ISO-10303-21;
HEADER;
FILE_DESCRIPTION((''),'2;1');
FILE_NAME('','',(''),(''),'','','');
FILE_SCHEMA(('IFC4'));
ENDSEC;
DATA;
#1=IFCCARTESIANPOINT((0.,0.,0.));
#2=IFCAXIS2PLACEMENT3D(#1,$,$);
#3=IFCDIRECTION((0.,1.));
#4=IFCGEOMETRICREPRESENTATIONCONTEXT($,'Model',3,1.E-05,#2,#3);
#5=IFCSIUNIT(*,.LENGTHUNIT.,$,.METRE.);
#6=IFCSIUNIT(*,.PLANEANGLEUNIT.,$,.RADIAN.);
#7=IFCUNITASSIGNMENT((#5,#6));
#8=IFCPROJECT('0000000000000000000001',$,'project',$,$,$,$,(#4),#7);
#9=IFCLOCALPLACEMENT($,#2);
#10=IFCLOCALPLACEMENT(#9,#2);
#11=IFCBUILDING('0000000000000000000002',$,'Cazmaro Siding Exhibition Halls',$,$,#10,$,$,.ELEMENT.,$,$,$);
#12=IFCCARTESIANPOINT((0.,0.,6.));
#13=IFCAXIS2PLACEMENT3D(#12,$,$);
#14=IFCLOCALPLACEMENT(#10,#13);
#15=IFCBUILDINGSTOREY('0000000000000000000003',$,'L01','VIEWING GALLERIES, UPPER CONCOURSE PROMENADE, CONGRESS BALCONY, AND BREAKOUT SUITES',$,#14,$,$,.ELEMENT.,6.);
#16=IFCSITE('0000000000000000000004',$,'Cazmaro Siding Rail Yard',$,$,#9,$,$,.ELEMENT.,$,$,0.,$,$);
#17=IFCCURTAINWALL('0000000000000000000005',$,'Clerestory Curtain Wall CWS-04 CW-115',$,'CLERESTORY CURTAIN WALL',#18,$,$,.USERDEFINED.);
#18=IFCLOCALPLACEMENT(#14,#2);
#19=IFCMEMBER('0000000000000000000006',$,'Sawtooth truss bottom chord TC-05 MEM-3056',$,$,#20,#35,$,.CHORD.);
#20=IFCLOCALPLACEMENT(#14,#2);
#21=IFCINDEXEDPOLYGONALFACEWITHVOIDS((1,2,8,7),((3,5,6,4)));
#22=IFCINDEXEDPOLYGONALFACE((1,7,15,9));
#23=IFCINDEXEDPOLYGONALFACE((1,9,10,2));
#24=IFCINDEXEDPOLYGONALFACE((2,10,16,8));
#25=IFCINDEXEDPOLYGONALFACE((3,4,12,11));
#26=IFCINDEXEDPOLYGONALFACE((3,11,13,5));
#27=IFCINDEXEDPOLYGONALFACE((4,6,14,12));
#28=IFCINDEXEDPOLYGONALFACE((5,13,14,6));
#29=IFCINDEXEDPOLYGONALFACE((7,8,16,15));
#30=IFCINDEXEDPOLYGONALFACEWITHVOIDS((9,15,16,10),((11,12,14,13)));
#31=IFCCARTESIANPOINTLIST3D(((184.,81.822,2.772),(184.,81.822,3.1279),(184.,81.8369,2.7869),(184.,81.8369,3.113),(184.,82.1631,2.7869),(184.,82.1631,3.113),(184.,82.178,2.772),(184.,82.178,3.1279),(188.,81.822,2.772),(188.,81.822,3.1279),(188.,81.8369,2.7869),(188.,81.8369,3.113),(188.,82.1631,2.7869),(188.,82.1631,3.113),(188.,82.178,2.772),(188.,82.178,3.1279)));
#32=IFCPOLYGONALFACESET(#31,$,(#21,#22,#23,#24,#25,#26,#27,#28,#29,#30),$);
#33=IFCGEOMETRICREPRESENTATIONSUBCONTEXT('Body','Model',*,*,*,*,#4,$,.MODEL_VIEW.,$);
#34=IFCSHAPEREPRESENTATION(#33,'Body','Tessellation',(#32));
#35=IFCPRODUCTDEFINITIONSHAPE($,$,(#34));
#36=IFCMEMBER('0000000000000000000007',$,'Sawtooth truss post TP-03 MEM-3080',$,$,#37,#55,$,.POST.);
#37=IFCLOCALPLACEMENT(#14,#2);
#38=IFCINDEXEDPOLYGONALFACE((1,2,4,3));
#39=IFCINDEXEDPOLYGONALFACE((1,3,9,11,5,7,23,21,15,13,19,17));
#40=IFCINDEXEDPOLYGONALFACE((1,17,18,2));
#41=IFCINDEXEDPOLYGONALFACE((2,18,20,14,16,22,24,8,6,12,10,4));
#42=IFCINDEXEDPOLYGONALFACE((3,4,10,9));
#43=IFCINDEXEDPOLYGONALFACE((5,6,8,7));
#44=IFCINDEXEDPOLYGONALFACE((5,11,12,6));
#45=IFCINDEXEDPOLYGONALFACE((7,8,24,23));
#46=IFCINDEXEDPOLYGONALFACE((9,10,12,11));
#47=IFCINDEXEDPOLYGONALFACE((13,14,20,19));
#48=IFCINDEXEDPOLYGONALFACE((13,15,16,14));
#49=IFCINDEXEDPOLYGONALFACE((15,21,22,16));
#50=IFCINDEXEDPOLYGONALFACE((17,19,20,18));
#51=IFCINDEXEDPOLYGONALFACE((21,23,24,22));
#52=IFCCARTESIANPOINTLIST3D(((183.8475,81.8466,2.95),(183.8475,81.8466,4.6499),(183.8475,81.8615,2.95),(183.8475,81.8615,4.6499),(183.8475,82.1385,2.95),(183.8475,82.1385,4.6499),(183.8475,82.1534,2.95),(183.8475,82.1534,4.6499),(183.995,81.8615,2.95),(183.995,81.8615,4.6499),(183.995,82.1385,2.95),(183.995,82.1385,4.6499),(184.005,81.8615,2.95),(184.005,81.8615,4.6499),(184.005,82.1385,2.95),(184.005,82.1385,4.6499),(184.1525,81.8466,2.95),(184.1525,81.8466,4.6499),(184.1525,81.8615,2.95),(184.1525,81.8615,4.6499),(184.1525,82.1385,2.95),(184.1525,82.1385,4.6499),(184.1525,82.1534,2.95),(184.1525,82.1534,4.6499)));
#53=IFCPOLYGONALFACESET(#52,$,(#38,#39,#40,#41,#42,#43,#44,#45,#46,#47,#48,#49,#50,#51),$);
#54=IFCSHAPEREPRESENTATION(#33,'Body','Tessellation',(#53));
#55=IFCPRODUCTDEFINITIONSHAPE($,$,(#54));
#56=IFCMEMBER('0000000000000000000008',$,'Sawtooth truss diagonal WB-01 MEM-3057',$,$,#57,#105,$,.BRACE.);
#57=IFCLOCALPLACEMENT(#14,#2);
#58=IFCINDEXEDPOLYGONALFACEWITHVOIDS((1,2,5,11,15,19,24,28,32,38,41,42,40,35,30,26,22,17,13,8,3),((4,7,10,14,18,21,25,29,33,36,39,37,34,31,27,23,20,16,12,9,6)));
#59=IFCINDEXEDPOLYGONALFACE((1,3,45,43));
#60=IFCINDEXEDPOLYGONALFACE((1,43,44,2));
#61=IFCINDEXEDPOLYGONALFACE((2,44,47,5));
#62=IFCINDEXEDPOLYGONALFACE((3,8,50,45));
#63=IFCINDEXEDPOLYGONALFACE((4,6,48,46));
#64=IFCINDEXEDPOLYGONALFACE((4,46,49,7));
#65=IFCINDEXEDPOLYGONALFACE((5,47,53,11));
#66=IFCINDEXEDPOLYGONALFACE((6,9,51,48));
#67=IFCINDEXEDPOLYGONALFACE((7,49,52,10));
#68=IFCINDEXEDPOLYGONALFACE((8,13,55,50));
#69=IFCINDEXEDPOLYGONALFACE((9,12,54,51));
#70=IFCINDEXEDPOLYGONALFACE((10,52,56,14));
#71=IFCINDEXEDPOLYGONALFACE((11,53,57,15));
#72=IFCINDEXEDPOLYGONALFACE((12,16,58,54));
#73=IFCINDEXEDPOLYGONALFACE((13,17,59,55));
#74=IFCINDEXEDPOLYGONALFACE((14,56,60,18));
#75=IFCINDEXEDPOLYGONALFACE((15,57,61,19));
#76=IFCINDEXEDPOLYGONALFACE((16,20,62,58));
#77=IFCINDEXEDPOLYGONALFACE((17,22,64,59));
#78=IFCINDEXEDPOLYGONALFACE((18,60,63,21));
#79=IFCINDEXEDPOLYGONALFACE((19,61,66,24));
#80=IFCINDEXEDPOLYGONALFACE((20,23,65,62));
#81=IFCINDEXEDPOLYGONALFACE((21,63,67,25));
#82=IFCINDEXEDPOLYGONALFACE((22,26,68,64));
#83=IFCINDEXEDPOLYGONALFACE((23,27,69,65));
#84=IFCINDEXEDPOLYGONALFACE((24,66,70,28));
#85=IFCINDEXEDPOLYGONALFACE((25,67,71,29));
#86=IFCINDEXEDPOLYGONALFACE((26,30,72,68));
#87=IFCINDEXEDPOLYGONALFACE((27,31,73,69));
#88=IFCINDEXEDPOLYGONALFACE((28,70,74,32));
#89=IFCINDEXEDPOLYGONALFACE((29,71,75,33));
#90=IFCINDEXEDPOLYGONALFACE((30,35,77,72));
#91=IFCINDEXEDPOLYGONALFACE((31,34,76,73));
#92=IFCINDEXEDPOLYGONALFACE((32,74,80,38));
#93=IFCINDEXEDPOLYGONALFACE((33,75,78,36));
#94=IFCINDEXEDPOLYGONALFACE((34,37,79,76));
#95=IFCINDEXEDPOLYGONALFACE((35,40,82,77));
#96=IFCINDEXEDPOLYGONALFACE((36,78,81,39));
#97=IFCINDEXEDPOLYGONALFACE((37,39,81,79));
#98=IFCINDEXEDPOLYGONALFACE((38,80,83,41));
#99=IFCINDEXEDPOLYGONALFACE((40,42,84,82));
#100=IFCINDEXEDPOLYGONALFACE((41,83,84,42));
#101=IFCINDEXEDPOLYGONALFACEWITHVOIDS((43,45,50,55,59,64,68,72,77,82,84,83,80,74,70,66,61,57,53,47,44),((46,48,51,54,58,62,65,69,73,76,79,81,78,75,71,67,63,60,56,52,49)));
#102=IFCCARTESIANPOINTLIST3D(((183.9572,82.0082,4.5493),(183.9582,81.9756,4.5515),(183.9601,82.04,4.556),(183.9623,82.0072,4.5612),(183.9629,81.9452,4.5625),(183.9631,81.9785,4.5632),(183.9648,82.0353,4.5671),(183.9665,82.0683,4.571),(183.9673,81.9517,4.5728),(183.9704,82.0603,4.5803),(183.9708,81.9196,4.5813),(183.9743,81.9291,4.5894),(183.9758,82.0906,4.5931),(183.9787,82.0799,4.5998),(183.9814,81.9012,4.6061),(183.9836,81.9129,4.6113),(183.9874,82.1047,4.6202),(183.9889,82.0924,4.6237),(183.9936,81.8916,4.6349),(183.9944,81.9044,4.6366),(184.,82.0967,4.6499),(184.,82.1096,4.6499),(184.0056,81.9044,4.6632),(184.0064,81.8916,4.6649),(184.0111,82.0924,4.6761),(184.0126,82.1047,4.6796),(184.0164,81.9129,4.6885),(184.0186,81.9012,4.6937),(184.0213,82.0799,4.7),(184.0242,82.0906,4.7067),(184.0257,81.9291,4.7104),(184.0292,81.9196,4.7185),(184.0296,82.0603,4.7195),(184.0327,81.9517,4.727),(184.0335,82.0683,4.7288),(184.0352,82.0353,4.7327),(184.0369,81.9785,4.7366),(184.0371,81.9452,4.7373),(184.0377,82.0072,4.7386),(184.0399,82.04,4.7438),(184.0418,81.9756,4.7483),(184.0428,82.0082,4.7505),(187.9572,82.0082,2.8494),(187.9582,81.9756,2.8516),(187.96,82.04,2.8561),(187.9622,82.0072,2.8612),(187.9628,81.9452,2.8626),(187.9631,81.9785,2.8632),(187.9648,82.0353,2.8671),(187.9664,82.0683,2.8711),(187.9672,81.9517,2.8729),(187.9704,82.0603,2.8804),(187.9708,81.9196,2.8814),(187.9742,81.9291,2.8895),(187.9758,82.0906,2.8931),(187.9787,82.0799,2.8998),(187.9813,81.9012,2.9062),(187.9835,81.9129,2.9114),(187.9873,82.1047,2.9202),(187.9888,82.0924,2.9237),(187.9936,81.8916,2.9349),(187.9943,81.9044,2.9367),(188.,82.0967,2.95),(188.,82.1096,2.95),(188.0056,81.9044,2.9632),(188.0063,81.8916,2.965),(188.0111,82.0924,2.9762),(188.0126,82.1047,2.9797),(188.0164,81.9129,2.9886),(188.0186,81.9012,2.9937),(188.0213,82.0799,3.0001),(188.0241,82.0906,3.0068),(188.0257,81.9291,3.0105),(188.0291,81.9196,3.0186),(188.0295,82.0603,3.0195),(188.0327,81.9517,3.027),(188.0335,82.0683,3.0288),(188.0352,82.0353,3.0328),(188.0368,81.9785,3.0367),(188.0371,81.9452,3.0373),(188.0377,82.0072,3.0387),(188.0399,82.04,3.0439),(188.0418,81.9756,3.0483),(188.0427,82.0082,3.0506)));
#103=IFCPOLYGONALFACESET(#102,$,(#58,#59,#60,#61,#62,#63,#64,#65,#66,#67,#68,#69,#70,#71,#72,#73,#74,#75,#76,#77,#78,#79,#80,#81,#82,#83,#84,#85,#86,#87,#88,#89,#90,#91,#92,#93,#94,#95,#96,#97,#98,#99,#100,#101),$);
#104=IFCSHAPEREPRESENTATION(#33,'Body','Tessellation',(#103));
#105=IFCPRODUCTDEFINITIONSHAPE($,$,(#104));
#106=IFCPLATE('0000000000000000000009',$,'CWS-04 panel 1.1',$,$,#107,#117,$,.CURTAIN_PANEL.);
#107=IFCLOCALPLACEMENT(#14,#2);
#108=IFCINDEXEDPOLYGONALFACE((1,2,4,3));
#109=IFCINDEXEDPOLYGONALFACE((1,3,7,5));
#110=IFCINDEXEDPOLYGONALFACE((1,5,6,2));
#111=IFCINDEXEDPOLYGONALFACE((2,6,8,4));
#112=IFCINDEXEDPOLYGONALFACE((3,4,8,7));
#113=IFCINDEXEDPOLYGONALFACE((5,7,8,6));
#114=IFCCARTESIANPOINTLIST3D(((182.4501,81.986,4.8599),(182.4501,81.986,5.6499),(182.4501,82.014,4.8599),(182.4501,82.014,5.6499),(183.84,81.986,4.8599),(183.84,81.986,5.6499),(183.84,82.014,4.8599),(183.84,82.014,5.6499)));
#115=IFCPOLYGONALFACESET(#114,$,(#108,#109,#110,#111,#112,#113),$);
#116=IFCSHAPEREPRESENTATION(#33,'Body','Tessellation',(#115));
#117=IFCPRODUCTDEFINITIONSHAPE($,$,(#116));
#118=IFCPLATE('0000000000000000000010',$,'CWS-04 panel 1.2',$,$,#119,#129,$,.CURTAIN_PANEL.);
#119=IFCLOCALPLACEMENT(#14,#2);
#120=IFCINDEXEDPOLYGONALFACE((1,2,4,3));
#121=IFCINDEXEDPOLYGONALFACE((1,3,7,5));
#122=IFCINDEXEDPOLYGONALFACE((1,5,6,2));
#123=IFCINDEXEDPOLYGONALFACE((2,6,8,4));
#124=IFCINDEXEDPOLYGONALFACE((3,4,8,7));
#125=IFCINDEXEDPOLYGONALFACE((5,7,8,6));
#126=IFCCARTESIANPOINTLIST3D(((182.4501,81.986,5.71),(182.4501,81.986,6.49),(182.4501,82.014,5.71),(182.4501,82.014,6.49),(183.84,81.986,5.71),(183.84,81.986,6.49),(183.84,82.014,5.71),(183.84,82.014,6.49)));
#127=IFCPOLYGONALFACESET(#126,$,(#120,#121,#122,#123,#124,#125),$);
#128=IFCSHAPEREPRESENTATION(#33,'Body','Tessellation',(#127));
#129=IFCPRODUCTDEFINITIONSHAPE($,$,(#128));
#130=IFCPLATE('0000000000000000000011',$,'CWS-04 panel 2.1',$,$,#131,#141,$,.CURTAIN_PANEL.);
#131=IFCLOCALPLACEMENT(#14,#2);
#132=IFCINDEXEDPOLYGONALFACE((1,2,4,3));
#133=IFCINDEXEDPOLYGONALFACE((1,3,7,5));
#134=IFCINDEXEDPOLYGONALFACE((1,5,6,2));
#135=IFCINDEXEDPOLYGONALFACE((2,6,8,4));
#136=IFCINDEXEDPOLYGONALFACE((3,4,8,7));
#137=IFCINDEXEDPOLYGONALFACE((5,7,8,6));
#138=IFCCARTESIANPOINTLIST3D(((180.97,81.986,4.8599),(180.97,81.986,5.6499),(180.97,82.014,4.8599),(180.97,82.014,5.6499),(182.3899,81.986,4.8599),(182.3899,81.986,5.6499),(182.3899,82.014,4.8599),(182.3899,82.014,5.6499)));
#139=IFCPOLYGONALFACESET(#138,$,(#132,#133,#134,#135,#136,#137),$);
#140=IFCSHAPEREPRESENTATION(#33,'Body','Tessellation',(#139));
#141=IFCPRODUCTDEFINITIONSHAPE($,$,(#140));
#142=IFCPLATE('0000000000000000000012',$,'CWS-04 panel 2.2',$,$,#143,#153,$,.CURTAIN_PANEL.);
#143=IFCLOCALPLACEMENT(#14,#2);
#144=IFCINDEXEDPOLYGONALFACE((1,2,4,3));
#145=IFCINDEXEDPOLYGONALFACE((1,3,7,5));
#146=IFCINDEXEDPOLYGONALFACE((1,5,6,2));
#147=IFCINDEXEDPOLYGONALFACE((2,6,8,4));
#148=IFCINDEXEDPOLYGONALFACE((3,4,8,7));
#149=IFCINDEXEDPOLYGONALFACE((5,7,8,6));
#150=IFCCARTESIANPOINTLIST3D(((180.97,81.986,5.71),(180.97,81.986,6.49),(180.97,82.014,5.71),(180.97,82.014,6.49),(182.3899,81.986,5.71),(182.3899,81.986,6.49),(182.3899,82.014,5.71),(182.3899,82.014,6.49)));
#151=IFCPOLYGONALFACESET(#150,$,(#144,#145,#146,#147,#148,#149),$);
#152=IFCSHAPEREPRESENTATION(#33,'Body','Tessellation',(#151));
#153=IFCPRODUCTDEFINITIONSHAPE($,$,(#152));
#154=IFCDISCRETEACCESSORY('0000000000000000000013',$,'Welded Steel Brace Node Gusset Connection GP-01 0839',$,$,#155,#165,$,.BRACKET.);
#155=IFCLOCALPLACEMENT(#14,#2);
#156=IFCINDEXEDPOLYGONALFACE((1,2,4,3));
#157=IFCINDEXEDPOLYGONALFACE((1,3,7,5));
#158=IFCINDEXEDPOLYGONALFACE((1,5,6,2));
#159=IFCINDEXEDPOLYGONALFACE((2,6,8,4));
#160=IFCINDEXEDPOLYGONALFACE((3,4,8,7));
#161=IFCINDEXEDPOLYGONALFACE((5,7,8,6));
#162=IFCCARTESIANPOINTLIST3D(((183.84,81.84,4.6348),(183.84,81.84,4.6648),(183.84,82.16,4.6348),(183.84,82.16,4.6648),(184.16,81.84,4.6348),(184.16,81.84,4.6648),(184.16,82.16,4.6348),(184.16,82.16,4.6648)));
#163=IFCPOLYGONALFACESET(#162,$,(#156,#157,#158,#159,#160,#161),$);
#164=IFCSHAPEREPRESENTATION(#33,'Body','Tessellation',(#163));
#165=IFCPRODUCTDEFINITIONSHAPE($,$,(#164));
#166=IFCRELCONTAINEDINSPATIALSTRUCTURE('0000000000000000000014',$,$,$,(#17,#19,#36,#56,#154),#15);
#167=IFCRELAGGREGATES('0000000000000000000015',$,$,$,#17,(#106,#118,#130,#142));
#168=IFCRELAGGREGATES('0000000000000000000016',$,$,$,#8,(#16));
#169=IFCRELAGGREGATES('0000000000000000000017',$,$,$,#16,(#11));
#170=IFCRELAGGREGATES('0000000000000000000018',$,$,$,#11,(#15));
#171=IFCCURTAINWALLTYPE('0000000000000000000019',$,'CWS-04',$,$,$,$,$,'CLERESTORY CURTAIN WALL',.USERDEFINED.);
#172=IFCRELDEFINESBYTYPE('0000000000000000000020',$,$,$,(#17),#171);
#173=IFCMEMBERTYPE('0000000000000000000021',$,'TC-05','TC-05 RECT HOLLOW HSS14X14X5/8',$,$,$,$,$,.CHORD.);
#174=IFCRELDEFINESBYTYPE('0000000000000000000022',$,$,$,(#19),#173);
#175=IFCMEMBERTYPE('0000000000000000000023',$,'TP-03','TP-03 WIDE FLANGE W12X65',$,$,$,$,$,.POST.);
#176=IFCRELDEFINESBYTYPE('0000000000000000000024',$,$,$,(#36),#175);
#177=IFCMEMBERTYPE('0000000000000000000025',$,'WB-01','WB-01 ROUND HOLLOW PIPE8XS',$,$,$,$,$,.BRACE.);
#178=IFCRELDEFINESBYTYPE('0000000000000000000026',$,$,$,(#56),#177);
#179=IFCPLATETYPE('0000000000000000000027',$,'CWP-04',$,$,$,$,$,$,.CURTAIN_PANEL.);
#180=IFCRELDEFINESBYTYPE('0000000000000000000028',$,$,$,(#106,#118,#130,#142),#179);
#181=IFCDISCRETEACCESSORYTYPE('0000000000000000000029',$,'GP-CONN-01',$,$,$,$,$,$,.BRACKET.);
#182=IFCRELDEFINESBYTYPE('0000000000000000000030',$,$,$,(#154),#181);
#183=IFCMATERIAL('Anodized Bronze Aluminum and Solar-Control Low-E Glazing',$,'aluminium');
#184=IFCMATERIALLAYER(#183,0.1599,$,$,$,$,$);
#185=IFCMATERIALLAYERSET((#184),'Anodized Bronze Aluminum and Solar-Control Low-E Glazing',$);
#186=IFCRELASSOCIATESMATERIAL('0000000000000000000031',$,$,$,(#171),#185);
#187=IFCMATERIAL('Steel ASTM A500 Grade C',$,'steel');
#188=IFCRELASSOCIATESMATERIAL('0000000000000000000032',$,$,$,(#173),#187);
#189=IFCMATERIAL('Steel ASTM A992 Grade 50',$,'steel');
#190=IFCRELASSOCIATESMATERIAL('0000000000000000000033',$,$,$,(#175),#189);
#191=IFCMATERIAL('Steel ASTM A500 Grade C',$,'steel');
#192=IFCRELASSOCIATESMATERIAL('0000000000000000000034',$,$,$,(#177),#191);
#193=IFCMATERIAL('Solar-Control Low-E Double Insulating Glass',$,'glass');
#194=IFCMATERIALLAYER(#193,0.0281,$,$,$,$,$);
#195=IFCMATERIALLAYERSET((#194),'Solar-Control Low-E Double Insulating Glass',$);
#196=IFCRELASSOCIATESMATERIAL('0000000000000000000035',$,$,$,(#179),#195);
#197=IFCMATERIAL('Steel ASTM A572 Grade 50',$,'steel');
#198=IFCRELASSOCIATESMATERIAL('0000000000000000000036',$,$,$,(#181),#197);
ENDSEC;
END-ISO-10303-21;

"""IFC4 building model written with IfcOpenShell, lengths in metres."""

from ifc_helpers import new_model, si_unit, direction, frame, origin, origin_2d, place, context, subcontext, project, spatial, rectangle, hollow_rectangle, hollow_circle, i_section, extrude, material, layer, layer_set, material_profile, profile_set, type_object, element, aggregate, save


model = new_model("IFC4")

# Units and contexts
model_context = context("Model", 3, precision=1e-05, world=origin(), true_north=direction((0.0, 1.0)))
body_context = subcontext(model_context, "Body", "Model", "MODEL_VIEW")
ifc_project = project(units=[si_unit("LENGTHUNIT", "METRE"), si_unit("PLANEANGLEUNIT", "RADIAN")], contexts=[model_context])

# Site, building, storey
site_placement = place(None, origin())
site = spatial("IfcSite", under=ifc_project, at=site_placement, Name="Cazmaro Siding Rail Yard", CompositionType="ELEMENT", RefElevation=0.0)
building_placement = place(site_placement, origin())
building = spatial("IfcBuilding", under=site, at=building_placement, Name="Cazmaro Siding Exhibition Halls", CompositionType="ELEMENT")
storey_placement = place(building_placement, frame((0.0, 0.0, 6.0)))
storey = spatial("IfcBuildingStorey", under=building, at=storey_placement, Name="L01", Description="VIEWING GALLERIES, UPPER CONCOURSE PROMENADE, CONGRESS BALCONY, AND BREAKOUT SUITES", CompositionType="ELEMENT", Elevation=6.0)

# Curtain wall
ifc_material_1 = material(Name="Anodized Bronze Aluminum and Solar-Control Low-E Glazing", Category="aluminium")
ifc_layer_1 = layer(ifc_material_1, 0.1599)
ifc_layer_set_1 = layer_set([ifc_layer_1], Name="Anodized Bronze Aluminum and Solar-Control Low-E Glazing")
curtain_wall_type = type_object("IfcCurtainWallType", Name="CWS-04", ElementType="CLERESTORY CURTAIN WALL", PredefinedType="USERDEFINED", material=ifc_layer_set_1)
curtain_wall_placement = place(storey_placement, origin())
curtain_wall = element("IfcCurtainWall", 1, at=curtain_wall_placement, inside=storey, type_object=curtain_wall_type, Name="Clerestory Curtain Wall CWS-04 CW-115", ObjectType="CLERESTORY CURTAIN WALL", PredefinedType="USERDEFINED")

# Members
ifc_material_2 = material(Name="Steel ASTM A500 Grade C", Category="steel")
ifc_material_profile_1 = material_profile(ifc_material_2, hollow_rectangle(XDim=0.356, YDim=0.356, WallThickness=0.0149, at=origin_2d()), Name="HSS14X14X5/8")
ifc_profile_set_1 = profile_set([ifc_material_profile_1], Name="Steel ASTM A500 Grade C")
member_type_1 = type_object("IfcMemberType", Name="TC-05", Description="TC-05 RECT HOLLOW HSS14X14X5/8", PredefinedType="CHORD", material=ifc_profile_set_1)
member_1_placement = place(storey_placement, frame((184.0, 82.0, 2.95), z_axis=(1.0, 0.0, 0.0), x_axis=(0.0, 1.0, 0.0)))
element("IfcMember", 2, at=member_1_placement, inside=storey, type_object=member_type_1, Name="Sawtooth truss bottom chord TC-05 MEM-3056", PredefinedType="CHORD", context=body_context, shape_type="SweptSolid", body=[
    extrude(hollow_rectangle(XDim=0.356, YDim=0.356, WallThickness=0.0149, at=origin_2d()), origin(), (0.0, 0.0, 1.0), 4.0),
])
ifc_material_3 = material(Name="Steel ASTM A992 Grade 50", Category="steel")
ifc_material_profile_2 = material_profile(ifc_material_3, i_section(OverallWidth=0.3049, OverallDepth=0.3069, WebThickness=0.01, FlangeThickness=0.0149, at=origin_2d()), Name="W12X65")
ifc_profile_set_2 = profile_set([ifc_material_profile_2], Name="Steel ASTM A992 Grade 50")
member_type_2 = type_object("IfcMemberType", Name="TP-03", Description="TP-03 WIDE FLANGE W12X65", PredefinedType="POST", material=ifc_profile_set_2)
member_2_placement = place(storey_placement, frame((184.0, 82.0, 2.95), z_axis=(0.0, 0.0, 1.0), x_axis=(1.0, 0.0, 0.0)))
element("IfcMember", 3, at=member_2_placement, inside=storey, type_object=member_type_2, Name="Sawtooth truss post TP-03 MEM-3080", PredefinedType="POST", context=body_context, shape_type="SweptSolid", body=[
    extrude(i_section(OverallWidth=0.3049, OverallDepth=0.3069, WebThickness=0.01, FlangeThickness=0.0149, at=origin_2d()), origin(), (0.0, 0.0, 1.0), 1.7),
])
ifc_material_4 = material(Name="Steel ASTM A500 Grade C", Category="steel")
ifc_material_profile_3 = material_profile(ifc_material_4, hollow_circle(Radius=0.1096, WallThickness=0.0129, at=origin_2d()), Name="PIPE8XS")
ifc_profile_set_3 = profile_set([ifc_material_profile_3], Name="Steel ASTM A500 Grade C")
member_type_3 = type_object("IfcMemberType", Name="WB-01", Description="WB-01 ROUND HOLLOW PIPE8XS", PredefinedType="BRACE", material=ifc_profile_set_3)
member_3_placement = place(storey_placement, frame((184.0, 82.0, 4.6499), z_axis=(0.920335, 0.0, -0.391131), x_axis=(0.0, 1.0, 0.0)))
element("IfcMember", 4, at=member_3_placement, inside=storey, type_object=member_type_3, Name="Sawtooth truss diagonal WB-01 MEM-3057", PredefinedType="BRACE", context=body_context, shape_type="SweptSolid", body=[
    extrude(hollow_circle(Radius=0.1096, WallThickness=0.0129, at=origin_2d()), origin(), (0.0, 0.0, 1.0), 4.3462),
])

# Plates
ifc_material_5 = material(Name="Solar-Control Low-E Double Insulating Glass", Category="glass")
ifc_layer_2 = layer(ifc_material_5, 0.0281)
ifc_layer_set_2 = layer_set([ifc_layer_2], Name="Solar-Control Low-E Double Insulating Glass")
plate_type = type_object("IfcPlateType", Name="CWP-04", PredefinedType="CURTAIN_PANEL", material=ifc_layer_set_2)
plate_1_placement = place(storey_placement, frame((183.145, 82.0, 4.8599), z_axis=(0.0, 0.0, 1.0), x_axis=(-1.0, 0.0, 0.0)))
plate_1 = element("IfcPlate", 5, at=plate_1_placement, type_object=plate_type, Name="CWS-04 panel 1.1", PredefinedType="CURTAIN_PANEL", context=body_context, shape_type="SweptSolid", body=[
    extrude(rectangle(XDim=1.3899, YDim=0.0281, at=origin_2d()), origin(), (0.0, 0.0, 1.0), 0.79),
])
plate_2_placement = place(storey_placement, frame((183.145, 82.0, 5.71), z_axis=(0.0, 0.0, 1.0), x_axis=(-1.0, 0.0, 0.0)))
plate_2 = element("IfcPlate", 6, at=plate_2_placement, type_object=plate_type, Name="CWS-04 panel 1.2", PredefinedType="CURTAIN_PANEL", context=body_context, shape_type="SweptSolid", body=[
    extrude(rectangle(XDim=1.3899, YDim=0.0281, at=origin_2d()), origin(), (0.0, 0.0, 1.0), 0.78),
])
plate_3_placement = place(storey_placement, frame((181.6799, 82.0, 4.8599), z_axis=(0.0, 0.0, 1.0), x_axis=(-1.0, 0.0, 0.0)))
plate_3 = element("IfcPlate", 7, at=plate_3_placement, type_object=plate_type, Name="CWS-04 panel 2.1", PredefinedType="CURTAIN_PANEL", context=body_context, shape_type="SweptSolid", body=[
    extrude(rectangle(XDim=1.4199, YDim=0.0281, at=origin_2d()), origin(), (0.0, 0.0, 1.0), 0.79),
])
plate_4_placement = place(storey_placement, frame((181.6799, 82.0, 5.71), z_axis=(0.0, 0.0, 1.0), x_axis=(-1.0, 0.0, 0.0)))
plate_4 = element("IfcPlate", 8, at=plate_4_placement, type_object=plate_type, Name="CWS-04 panel 2.2", PredefinedType="CURTAIN_PANEL", context=body_context, shape_type="SweptSolid", body=[
    extrude(rectangle(XDim=1.4199, YDim=0.0281, at=origin_2d()), origin(), (0.0, 0.0, 1.0), 0.78),
])
aggregate(curtain_wall, [plate_1, plate_2, plate_3, plate_4])

# Discrete accessory
ifc_material_6 = material(Name="Steel ASTM A572 Grade 50", Category="steel")
discrete_accessory_type = type_object("IfcDiscreteAccessoryType", Name="GP-CONN-01", PredefinedType="BRACKET", material=ifc_material_6)
discrete_accessory_placement = place(storey_placement, frame((184.0, 82.0, 4.6348), z_axis=(0.0, 0.0, 1.0), x_axis=(1.0, 0.0, 0.0)))
element("IfcDiscreteAccessory", 9, at=discrete_accessory_placement, inside=storey, type_object=discrete_accessory_type, Name="Welded Steel Brace Node Gusset Connection GP-01 0839", PredefinedType="BRACKET", context=body_context, shape_type="SweptSolid", body=[
    extrude(rectangle(XDim=0.3201, YDim=0.3201, at=origin_2d()), origin(), (0.0, 0.0, 1.0), 0.03),
])

save(model, "model.ifc")
